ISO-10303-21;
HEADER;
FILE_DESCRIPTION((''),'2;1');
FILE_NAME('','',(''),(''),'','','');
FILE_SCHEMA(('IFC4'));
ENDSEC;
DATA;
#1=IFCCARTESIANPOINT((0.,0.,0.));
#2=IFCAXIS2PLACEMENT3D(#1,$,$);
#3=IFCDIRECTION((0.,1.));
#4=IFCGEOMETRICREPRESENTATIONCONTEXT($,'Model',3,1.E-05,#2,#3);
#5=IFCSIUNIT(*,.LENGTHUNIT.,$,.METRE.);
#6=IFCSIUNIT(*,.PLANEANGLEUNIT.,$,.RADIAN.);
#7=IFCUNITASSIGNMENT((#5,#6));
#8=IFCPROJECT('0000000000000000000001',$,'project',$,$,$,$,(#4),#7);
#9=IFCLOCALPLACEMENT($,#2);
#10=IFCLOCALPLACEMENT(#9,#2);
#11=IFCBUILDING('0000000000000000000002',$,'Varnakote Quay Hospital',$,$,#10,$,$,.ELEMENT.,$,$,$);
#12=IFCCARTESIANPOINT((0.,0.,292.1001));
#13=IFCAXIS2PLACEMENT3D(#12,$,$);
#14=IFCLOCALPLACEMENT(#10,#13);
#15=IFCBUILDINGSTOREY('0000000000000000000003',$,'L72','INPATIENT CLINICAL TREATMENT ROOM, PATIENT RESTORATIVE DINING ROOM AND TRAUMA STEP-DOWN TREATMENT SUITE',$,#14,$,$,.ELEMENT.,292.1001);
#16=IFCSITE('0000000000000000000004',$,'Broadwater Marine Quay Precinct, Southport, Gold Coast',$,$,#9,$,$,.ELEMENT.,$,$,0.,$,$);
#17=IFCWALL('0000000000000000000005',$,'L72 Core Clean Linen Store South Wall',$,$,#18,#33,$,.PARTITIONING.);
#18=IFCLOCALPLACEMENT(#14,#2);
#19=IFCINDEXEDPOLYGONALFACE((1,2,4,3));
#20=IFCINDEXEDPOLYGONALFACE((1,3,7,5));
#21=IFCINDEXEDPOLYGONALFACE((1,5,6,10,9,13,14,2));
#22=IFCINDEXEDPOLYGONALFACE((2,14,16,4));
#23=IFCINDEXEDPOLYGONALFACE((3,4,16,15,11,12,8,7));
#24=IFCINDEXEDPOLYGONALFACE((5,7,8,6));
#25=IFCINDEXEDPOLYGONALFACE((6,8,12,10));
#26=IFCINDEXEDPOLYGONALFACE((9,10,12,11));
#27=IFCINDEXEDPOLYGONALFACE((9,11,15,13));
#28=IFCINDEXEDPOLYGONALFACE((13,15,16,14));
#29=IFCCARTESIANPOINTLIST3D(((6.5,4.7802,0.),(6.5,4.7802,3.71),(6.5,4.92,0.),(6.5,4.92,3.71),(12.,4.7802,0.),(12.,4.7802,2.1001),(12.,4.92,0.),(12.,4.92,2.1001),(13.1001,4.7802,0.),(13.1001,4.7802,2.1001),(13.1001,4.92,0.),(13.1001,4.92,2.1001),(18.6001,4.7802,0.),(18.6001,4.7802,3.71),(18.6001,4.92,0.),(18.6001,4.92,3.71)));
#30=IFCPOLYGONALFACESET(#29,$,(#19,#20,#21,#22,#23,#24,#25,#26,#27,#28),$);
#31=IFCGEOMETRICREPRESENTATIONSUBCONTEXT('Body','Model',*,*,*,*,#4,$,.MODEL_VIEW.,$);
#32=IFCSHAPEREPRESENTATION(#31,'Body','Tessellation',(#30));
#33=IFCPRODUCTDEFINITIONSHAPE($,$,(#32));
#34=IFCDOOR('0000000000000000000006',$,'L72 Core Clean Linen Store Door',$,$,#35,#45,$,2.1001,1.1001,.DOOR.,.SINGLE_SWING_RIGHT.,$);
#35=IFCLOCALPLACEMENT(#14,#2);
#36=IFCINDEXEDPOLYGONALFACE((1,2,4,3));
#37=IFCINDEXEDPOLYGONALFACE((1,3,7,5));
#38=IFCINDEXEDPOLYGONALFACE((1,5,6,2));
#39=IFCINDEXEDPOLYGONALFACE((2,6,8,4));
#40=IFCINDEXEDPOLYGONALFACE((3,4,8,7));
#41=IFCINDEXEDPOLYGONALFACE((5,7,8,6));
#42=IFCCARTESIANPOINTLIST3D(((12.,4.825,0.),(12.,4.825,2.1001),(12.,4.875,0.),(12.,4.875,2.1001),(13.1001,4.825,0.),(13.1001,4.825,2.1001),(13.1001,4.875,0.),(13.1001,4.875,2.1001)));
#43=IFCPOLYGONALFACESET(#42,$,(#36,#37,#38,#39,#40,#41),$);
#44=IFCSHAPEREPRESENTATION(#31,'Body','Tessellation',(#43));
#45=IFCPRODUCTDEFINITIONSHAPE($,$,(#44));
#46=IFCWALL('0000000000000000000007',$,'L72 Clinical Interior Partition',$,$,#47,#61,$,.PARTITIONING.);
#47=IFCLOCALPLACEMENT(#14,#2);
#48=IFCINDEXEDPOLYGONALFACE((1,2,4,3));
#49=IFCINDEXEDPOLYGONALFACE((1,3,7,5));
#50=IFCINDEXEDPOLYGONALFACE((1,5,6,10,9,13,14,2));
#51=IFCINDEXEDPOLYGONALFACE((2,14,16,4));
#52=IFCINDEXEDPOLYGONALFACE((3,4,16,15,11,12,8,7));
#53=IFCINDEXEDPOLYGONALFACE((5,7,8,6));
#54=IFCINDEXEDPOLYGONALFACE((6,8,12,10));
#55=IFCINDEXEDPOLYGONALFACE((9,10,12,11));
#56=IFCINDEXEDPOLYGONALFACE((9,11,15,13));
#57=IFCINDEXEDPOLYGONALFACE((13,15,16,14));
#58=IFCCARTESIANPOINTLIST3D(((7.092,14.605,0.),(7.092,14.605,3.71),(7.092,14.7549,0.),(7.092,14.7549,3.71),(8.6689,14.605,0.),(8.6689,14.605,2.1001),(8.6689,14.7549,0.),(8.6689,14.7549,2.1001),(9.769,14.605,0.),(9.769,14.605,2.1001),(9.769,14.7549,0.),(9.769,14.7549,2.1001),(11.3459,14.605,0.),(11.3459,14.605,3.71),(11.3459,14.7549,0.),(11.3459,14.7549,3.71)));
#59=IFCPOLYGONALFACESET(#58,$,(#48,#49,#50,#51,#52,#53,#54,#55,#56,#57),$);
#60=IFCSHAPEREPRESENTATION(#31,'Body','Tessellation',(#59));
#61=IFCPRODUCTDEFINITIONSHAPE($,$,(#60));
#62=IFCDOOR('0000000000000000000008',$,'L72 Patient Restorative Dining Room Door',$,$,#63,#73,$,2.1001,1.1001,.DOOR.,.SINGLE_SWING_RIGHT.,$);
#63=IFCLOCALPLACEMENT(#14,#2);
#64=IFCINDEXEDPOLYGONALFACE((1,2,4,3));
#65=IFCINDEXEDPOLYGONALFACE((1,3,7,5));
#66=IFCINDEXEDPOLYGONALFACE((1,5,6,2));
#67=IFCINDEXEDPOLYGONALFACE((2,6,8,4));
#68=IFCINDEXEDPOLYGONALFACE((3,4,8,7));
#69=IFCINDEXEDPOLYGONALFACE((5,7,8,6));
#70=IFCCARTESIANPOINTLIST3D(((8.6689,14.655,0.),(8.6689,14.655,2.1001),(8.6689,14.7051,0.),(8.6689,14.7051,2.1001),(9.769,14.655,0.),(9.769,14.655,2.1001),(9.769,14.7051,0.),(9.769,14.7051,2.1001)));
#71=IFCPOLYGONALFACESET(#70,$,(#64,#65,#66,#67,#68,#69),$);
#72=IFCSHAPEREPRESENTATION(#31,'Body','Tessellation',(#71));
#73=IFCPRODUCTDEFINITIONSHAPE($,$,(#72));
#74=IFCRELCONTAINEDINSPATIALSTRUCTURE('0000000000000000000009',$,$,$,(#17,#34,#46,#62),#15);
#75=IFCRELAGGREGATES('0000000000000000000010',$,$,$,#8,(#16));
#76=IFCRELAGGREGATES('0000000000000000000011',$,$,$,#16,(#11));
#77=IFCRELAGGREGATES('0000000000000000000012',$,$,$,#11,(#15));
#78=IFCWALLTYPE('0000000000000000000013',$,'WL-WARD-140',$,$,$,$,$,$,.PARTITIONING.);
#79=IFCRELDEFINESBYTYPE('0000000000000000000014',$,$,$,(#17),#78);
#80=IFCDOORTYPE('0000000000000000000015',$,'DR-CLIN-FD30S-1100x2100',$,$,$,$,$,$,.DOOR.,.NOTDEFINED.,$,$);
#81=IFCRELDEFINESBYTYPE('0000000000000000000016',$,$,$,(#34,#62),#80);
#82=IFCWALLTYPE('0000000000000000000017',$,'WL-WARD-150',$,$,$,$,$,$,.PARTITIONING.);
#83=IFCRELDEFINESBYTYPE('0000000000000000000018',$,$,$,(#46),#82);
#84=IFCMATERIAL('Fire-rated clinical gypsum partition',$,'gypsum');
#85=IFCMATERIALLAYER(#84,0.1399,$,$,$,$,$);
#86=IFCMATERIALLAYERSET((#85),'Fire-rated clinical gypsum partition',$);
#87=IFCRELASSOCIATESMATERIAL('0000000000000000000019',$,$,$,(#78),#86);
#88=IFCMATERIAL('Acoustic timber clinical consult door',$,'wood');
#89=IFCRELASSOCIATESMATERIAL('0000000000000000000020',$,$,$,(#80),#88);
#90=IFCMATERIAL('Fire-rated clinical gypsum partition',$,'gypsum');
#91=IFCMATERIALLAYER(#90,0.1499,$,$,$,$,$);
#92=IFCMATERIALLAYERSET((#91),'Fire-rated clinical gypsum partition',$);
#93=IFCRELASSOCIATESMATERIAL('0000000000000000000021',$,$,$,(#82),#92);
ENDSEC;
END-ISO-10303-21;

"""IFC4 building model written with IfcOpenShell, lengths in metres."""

from ifc_helpers import new_model, si_unit, direction, frame, frame_2d, origin, place, context, subcontext, project, spatial, rectangle, extrude, material, layer, layer_set, type_object, element, fill, save


model = new_model("IFC4")

# Units and contexts
model_context = context("Model", 3, precision=1e-05, world=origin(), true_north=direction((0.0, 1.0)))
body_context = subcontext(model_context, "Body", "Model", "MODEL_VIEW")
ifc_project = project(units=[si_unit("LENGTHUNIT", "METRE"), si_unit("PLANEANGLEUNIT", "RADIAN")], contexts=[model_context])

# Site, building, storey
site_placement = place(None, origin())
site = spatial("IfcSite", under=ifc_project, at=site_placement, Name="Broadwater Marine Quay Precinct, Southport, Gold Coast", CompositionType="ELEMENT", RefElevation=0.0)
building_placement = place(site_placement, origin())
building = spatial("IfcBuilding", under=site, at=building_placement, Name="Varnakote Quay Hospital", CompositionType="ELEMENT")
storey_placement = place(building_placement, frame((0.0, 0.0, 292.1001)))
storey = spatial("IfcBuildingStorey", under=building, at=storey_placement, Name="L72", Description="INPATIENT CLINICAL TREATMENT ROOM, PATIENT RESTORATIVE DINING ROOM AND TRAUMA STEP-DOWN TREATMENT SUITE", CompositionType="ELEMENT", Elevation=292.1001)

# Walls, openings, doors
ifc_material_1 = material(Name="Fire-rated clinical gypsum partition", Category="gypsum")
ifc_layer_1 = layer(ifc_material_1, 0.1399)
ifc_layer_set_1 = layer_set([ifc_layer_1], Name="Fire-rated clinical gypsum partition")
wall_type_1 = type_object("IfcWallType", Name="WL-WARD-140", PredefinedType="PARTITIONING", material=ifc_layer_set_1)
wall_1_placement = place(storey_placement, frame((6.5, 4.8501, 0.0), z_axis=(0.0, 0.0, 1.0), x_axis=(1.0, 0.0, 0.0)))
wall_1 = element("IfcWall", 1, at=wall_1_placement, inside=storey, type_object=wall_type_1, Name="L72 Core Clean Linen Store South Wall", PredefinedType="PARTITIONING", context=body_context, shape_type="SweptSolid", body=[
    extrude(rectangle(XDim=12.1001, YDim=0.1399, at=frame_2d((6.05, 0.0))), origin(), (0.0, 0.0, 1.0), 3.71),
])
opening_1_placement = place(wall_1_placement, frame((5.5, 0.0, 0.0)))
opening_1 = element("IfcOpeningElement", 2, at=opening_1_placement, cuts=wall_1, PredefinedType="OPENING", context=body_context, shape_type="SweptSolid", body=[
    extrude(rectangle(XDim=1.1001, YDim=2.1001, at=frame_2d((0.55, 1.05))), frame((0.0, 0.0798, 0.0), z_axis=(0.0, -1.0, 0.0), x_axis=(1.0, 0.0, 0.0)), (0.0, 0.0, 1.0), 0.1599),
])
ifc_material_2 = material(Name="Acoustic timber clinical consult door", Category="wood")
door_type_1 = type_object("IfcDoorType", Name="DR-CLIN-FD30S-1100x2100", OperationType="NOTDEFINED", PredefinedType="DOOR", material=ifc_material_2)
door_1_placement = place(opening_1_placement, origin())
door_1 = element("IfcDoor", 3, at=door_1_placement, inside=storey, type_object=door_type_1, Name="L72 Core Clean Linen Store Door", OperationType="SINGLE_SWING_RIGHT", OverallHeight=2.1001, OverallWidth=1.1001, PredefinedType="DOOR", context=body_context, shape_type="SweptSolid", body=[
    extrude(rectangle(XDim=1.1001, YDim=2.1001, at=frame_2d((0.55, 1.05))), frame((0.0, 0.0249, 0.0), z_axis=(0.0, -1.0, 0.0), x_axis=(1.0, 0.0, 0.0)), (0.0, 0.0, 1.0), 0.05),
])
fill(opening_1, door_1)
ifc_material_3 = material(Name="Fire-rated clinical gypsum partition", Category="gypsum")
ifc_layer_2 = layer(ifc_material_3, 0.1499)
ifc_layer_set_2 = layer_set([ifc_layer_2], Name="Fire-rated clinical gypsum partition")
wall_type_2 = type_object("IfcWallType", Name="WL-WARD-150", PredefinedType="PARTITIONING", material=ifc_layer_set_2)
wall_2_placement = place(storey_placement, frame((11.3459, 14.6799, 0.0), z_axis=(0.0, 0.0, 1.0), x_axis=(-1.0, 0.0, 0.0)))
wall_2 = element("IfcWall", 4, at=wall_2_placement, inside=storey, type_object=wall_type_2, Name="L72 Clinical Interior Partition", PredefinedType="PARTITIONING", context=body_context, shape_type="SweptSolid", body=[
    extrude(rectangle(XDim=4.2539, YDim=0.1499, at=frame_2d((2.127, 0.0))), origin(), (0.0, 0.0, 1.0), 3.71),
])
opening_2_placement = place(wall_2_placement, frame((1.5769, 0.0, 0.0)))
opening_2 = element("IfcOpeningElement", 5, at=opening_2_placement, cuts=wall_2, PredefinedType="OPENING", context=body_context, shape_type="SweptSolid", body=[
    extrude(rectangle(XDim=1.1001, YDim=2.1001, at=frame_2d((0.55, 1.05))), frame((0.0, 0.085, 0.0), z_axis=(0.0, -1.0, 0.0), x_axis=(1.0, 0.0, 0.0)), (0.0, 0.0, 1.0), 0.1699),
])
door_2_placement = place(opening_2_placement, origin())
door_2 = element("IfcDoor", 6, at=door_2_placement, inside=storey, type_object=door_type_1, Name="L72 Patient Restorative Dining Room Door", OperationType="SINGLE_SWING_RIGHT", OverallHeight=2.1001, OverallWidth=1.1001, PredefinedType="DOOR", context=body_context, shape_type="SweptSolid", body=[
    extrude(rectangle(XDim=1.1001, YDim=2.1001, at=frame_2d((0.55, 1.05))), frame((0.0, 0.0249, 0.0), z_axis=(0.0, -1.0, 0.0), x_axis=(1.0, 0.0, 0.0)), (0.0, 0.0, 1.0), 0.05),
])
fill(opening_2, door_2)

save(model, "model.ifc")
